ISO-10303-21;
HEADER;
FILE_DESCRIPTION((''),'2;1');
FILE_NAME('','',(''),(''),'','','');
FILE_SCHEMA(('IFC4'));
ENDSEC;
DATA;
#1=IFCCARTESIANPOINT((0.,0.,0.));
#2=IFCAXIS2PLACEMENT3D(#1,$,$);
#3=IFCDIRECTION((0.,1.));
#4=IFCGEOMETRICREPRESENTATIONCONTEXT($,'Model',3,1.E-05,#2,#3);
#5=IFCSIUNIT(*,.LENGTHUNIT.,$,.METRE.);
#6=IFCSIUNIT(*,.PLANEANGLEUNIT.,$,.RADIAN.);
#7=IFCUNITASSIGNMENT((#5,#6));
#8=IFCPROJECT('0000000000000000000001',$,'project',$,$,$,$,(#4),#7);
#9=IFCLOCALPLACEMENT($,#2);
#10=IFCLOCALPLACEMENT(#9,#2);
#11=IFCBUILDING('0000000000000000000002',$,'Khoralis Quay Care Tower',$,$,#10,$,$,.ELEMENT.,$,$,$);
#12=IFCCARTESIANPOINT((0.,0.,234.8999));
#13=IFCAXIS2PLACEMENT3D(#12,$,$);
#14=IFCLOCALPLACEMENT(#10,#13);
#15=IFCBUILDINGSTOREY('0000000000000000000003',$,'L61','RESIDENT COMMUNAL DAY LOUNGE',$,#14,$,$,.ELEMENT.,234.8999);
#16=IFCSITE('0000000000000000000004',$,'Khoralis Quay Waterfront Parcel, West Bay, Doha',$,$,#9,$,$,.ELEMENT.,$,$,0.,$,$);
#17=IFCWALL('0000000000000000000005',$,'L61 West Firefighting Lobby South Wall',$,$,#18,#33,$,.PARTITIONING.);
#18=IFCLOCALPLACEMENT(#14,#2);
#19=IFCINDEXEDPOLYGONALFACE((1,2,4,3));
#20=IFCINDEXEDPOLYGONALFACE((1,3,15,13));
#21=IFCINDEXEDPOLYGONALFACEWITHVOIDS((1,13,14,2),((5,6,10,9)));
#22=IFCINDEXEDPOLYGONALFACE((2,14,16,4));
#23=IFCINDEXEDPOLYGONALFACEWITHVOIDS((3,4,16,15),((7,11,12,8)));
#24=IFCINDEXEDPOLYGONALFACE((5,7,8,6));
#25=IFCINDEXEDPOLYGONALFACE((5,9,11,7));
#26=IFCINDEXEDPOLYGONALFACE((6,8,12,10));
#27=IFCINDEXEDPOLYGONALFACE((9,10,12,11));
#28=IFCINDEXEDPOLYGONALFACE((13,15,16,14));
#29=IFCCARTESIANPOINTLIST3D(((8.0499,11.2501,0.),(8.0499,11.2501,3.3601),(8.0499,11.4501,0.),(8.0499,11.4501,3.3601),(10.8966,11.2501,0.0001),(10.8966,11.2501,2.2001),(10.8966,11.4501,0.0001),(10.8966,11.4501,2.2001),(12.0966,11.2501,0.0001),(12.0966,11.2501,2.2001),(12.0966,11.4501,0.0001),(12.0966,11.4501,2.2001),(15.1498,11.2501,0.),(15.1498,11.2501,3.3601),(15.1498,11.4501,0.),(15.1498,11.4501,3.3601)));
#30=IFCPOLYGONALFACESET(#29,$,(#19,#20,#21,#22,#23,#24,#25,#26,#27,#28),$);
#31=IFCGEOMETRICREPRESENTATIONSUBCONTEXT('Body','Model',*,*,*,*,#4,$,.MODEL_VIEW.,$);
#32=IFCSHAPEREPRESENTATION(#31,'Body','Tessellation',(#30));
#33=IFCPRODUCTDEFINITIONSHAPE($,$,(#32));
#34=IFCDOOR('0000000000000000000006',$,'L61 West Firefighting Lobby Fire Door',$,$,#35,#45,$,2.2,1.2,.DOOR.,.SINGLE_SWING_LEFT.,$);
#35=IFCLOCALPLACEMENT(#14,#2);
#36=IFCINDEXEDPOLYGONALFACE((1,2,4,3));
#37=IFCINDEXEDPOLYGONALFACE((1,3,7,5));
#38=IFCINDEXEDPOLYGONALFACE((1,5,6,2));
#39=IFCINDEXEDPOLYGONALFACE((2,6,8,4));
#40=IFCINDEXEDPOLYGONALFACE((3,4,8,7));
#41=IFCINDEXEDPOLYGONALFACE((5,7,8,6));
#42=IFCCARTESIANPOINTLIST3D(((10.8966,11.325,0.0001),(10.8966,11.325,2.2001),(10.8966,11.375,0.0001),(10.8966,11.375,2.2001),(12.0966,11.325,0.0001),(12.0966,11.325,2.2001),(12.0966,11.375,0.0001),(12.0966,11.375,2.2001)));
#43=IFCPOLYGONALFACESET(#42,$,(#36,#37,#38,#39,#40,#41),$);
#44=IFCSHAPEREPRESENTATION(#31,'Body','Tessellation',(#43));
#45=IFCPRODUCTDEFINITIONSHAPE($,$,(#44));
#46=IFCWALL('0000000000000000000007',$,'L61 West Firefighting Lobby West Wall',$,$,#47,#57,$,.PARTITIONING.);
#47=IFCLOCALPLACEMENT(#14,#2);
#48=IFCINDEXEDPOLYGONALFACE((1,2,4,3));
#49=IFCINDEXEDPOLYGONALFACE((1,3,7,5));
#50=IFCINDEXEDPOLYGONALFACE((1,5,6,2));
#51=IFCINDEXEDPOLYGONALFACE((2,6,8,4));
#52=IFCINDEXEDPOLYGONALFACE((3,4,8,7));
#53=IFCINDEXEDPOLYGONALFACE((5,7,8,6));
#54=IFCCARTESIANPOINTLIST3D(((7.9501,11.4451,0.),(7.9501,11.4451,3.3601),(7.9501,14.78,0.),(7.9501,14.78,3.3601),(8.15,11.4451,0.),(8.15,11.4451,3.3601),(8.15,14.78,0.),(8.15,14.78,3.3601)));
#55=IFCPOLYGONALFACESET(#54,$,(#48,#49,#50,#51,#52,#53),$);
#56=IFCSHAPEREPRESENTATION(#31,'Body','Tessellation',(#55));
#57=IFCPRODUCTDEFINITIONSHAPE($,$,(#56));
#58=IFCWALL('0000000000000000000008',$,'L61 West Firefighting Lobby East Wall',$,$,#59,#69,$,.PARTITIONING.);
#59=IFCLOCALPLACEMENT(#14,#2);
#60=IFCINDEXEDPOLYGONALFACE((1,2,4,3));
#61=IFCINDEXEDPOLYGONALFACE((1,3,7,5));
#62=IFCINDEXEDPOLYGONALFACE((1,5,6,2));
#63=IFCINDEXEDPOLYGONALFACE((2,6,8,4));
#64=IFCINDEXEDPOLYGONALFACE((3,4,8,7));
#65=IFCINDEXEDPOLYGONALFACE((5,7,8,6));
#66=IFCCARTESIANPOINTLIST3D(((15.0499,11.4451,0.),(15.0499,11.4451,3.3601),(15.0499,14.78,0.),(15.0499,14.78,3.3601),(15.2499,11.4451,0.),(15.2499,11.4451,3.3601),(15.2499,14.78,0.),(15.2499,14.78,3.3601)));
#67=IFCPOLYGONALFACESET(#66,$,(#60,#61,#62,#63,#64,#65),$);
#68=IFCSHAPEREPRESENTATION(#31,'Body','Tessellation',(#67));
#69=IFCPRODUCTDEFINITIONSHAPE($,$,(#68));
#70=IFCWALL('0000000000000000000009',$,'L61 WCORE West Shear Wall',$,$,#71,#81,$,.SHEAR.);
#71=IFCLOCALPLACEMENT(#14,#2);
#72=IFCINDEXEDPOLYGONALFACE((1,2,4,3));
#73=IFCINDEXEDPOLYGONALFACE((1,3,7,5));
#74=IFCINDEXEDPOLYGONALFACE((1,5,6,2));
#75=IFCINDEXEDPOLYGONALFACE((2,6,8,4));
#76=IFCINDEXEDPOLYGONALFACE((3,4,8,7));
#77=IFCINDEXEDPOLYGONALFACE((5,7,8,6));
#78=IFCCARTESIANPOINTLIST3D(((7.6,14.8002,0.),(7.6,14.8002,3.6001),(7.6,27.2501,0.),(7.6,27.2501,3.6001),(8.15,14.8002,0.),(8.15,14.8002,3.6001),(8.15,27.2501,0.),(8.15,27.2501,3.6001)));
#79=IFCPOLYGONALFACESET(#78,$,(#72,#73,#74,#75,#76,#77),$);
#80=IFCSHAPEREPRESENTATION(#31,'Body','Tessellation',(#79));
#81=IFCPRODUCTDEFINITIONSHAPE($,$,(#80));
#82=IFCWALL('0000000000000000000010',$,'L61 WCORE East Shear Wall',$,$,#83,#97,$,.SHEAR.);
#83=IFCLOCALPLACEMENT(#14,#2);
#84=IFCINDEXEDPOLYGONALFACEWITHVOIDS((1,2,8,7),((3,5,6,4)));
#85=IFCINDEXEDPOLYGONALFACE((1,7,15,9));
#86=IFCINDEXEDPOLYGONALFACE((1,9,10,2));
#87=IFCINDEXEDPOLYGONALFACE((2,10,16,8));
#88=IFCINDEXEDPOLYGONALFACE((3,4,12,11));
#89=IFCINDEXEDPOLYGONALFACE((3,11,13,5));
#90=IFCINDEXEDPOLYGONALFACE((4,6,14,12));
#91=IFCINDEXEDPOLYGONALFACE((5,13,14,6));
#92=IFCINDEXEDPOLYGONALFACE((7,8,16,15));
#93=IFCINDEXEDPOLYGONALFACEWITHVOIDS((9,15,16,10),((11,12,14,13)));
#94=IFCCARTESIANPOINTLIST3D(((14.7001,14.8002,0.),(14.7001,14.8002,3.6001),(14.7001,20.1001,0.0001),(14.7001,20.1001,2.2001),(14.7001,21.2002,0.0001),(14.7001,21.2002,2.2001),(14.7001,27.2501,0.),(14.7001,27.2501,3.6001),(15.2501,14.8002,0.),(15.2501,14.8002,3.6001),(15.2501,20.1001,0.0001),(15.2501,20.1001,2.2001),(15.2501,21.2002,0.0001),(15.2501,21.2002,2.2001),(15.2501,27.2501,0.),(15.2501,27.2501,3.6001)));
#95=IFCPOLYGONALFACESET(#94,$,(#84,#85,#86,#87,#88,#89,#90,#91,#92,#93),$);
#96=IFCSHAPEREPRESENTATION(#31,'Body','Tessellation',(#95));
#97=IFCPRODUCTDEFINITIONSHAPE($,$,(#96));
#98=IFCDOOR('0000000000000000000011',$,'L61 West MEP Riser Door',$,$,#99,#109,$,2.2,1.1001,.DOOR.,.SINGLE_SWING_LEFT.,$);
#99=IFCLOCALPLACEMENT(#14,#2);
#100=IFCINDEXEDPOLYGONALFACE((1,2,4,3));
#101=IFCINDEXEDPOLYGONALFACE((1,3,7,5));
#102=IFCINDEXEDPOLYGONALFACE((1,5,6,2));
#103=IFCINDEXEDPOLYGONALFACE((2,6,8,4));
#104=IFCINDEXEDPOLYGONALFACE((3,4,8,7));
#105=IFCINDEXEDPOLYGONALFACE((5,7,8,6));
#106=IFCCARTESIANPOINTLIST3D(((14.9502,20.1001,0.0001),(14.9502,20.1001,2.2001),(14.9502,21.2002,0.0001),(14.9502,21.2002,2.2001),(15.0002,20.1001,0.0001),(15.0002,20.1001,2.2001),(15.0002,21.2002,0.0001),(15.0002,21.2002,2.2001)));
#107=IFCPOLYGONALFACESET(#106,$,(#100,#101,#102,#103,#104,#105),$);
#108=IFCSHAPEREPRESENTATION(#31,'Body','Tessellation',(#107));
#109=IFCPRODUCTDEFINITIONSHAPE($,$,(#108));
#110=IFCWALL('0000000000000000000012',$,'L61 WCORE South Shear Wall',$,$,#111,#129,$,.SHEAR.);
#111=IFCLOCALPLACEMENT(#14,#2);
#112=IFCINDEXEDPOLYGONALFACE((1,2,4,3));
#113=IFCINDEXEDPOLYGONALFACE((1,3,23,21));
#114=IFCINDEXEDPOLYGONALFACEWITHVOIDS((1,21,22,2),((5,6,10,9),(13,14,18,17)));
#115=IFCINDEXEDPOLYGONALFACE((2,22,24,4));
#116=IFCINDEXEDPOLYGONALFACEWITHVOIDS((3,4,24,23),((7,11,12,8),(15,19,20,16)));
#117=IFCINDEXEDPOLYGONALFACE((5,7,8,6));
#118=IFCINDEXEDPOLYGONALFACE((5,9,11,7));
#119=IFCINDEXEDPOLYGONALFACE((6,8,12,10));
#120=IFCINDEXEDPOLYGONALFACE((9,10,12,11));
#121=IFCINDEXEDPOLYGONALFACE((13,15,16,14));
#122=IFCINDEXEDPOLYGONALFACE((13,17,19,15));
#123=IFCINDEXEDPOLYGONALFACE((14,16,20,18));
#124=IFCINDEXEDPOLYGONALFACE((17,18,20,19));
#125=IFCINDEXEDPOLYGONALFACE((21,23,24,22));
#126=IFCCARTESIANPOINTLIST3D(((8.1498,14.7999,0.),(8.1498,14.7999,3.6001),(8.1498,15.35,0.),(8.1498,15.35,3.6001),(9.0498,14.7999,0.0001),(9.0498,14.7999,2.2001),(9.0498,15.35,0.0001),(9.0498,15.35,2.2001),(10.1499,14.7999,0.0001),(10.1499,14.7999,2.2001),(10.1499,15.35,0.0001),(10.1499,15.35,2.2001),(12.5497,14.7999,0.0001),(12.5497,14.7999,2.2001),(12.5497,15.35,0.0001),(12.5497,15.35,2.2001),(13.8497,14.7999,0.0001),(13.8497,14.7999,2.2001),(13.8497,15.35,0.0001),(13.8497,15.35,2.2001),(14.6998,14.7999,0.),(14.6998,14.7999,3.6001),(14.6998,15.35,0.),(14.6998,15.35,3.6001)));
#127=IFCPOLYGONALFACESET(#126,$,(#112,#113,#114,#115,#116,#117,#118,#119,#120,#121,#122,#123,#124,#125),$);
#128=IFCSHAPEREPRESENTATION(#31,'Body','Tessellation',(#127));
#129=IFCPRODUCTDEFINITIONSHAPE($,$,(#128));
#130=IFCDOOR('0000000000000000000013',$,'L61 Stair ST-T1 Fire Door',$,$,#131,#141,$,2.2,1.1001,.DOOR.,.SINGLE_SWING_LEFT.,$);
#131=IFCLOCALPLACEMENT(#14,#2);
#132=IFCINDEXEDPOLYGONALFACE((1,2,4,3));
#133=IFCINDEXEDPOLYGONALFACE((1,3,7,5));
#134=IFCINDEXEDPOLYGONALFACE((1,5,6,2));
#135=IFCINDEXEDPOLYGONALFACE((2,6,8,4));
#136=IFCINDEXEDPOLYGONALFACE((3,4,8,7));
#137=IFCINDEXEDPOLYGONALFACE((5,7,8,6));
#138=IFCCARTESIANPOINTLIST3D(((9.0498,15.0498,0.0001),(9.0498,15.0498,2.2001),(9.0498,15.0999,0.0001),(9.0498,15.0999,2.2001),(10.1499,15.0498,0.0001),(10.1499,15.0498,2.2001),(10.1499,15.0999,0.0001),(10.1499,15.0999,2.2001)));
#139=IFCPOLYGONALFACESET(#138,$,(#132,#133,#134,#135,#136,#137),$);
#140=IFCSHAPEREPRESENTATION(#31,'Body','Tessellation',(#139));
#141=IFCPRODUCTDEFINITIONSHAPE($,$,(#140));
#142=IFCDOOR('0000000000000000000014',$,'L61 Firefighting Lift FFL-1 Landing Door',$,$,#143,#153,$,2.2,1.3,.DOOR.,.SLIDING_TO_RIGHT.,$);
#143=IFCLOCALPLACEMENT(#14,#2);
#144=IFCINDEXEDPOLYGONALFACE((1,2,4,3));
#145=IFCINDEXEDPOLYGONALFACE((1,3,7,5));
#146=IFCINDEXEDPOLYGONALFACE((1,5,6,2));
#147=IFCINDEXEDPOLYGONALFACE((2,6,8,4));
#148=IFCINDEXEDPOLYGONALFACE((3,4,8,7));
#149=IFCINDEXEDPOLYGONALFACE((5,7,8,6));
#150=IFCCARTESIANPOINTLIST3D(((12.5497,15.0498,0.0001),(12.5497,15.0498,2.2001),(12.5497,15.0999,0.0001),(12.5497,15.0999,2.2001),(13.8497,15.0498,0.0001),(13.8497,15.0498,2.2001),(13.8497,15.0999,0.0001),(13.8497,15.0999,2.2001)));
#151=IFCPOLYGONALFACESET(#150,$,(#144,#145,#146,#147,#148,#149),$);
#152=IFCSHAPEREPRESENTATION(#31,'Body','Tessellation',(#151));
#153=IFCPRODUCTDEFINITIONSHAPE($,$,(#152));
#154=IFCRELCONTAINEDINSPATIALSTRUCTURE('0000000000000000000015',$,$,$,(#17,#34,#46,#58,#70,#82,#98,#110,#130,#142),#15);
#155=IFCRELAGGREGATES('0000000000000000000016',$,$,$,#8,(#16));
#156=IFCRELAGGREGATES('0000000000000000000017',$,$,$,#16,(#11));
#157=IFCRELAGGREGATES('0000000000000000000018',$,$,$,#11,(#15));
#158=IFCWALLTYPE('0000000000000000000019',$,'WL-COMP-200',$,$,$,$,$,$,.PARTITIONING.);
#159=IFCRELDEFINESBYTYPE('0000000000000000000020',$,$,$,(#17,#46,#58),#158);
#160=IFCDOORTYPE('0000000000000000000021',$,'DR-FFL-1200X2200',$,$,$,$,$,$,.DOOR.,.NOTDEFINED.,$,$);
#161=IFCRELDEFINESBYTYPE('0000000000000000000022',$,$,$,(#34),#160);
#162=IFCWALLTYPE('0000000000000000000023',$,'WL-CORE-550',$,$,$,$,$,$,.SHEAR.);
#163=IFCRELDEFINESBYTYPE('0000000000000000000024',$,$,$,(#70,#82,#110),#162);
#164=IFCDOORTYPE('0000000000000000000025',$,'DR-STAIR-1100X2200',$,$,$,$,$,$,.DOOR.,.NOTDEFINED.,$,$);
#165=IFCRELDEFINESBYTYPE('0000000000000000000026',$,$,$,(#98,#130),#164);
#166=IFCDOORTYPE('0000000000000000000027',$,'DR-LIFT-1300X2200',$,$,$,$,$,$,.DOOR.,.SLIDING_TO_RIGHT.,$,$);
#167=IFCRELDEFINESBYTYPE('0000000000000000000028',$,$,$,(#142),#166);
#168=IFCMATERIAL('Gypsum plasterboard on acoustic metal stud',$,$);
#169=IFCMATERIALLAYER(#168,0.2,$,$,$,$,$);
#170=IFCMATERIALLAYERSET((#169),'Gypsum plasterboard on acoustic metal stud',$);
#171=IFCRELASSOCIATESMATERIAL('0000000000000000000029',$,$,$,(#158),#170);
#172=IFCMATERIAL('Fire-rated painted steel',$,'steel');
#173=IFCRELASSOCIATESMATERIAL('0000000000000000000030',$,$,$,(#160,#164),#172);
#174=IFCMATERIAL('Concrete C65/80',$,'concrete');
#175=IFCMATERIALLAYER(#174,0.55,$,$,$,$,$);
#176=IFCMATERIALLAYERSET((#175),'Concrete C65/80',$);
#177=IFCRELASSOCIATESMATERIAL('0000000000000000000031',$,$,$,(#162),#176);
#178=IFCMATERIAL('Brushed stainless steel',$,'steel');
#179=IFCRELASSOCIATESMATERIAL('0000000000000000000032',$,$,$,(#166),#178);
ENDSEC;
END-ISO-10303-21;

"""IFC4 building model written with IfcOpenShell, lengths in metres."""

from ifc_helpers import new_model, si_unit, direction, frame, frame_2d, origin, place, context, subcontext, project, spatial, rectangle, extrude, source, transform, mapped, material, layer, layer_set, type_object, element, fill, save


model = new_model("IFC4")

# Units and contexts
model_context = context("Model", 3, precision=1e-05, world=origin(), true_north=direction((0.0, 1.0)))
body_context = subcontext(model_context, "Body", "Model", "MODEL_VIEW")
ifc_project = project(units=[si_unit("LENGTHUNIT", "METRE"), si_unit("PLANEANGLEUNIT", "RADIAN")], contexts=[model_context])

# Site, building, storey
site_placement = place(None, origin())
site = spatial("IfcSite", under=ifc_project, at=site_placement, Name="Khoralis Quay Waterfront Parcel, West Bay, Doha", CompositionType="ELEMENT", RefElevation=0.0)
building_placement = place(site_placement, origin())
building = spatial("IfcBuilding", under=site, at=building_placement, Name="Khoralis Quay Care Tower", CompositionType="ELEMENT")
storey_placement = place(building_placement, frame((0.0, 0.0, 234.8999)))
storey = spatial("IfcBuildingStorey", under=building, at=storey_placement, Name="L61", Description="RESIDENT COMMUNAL DAY LOUNGE", CompositionType="ELEMENT", Elevation=234.8999)

# Wall, opening, door
ifc_material_1 = material(Name="Gypsum plasterboard on acoustic metal stud")
ifc_layer_1 = layer(ifc_material_1, 0.2)
ifc_layer_set_1 = layer_set([ifc_layer_1], Name="Gypsum plasterboard on acoustic metal stud")
wall_type_1 = type_object("IfcWallType", Name="WL-COMP-200", PredefinedType="PARTITIONING", material=ifc_layer_set_1)
wall_1_placement = place(storey_placement, frame((8.05, 11.3501, 0.0), z_axis=(0.0, 0.0, 1.0), x_axis=(1.0, 0.0, 0.0)))
wall_1 = element("IfcWall", 1, at=wall_1_placement, inside=storey, type_object=wall_type_1, Name="L61 West Firefighting Lobby South Wall", PredefinedType="PARTITIONING", context=body_context, shape_type="SweptSolid", body=[
    extrude(rectangle(XDim=7.0999, YDim=0.2, at=frame_2d((3.5498, 0.0))), origin(), (0.0, 0.0, 1.0), 3.3601),
])
opening_1_placement = place(wall_1_placement, frame((2.8464, 0.0, 0.0)))
opening_1 = element("IfcOpeningElement", 2, at=opening_1_placement, cuts=wall_1, PredefinedType="OPENING", context=body_context, shape_type="SweptSolid", body=[
    extrude(rectangle(XDim=1.2, YDim=2.2, at=frame_2d((0.6001, 1.1001))), frame((0.0, 0.1099, 0.0), z_axis=(0.0, -1.0, 0.0), x_axis=(1.0, 0.0, 0.0)), (0.0, 0.0, 1.0), 0.22),
])
ifc_material_2 = material(Name="Fire-rated painted steel", Category="steel")
door_type_1 = type_object("IfcDoorType", Name="DR-FFL-1200X2200", OperationType="NOTDEFINED", PredefinedType="DOOR", material=ifc_material_2)
shared_shape_1 = source(origin(), body_context, "Body", "SweptSolid", [
    extrude(rectangle(XDim=1.2, YDim=2.2, at=frame_2d((0.6001, 1.1001))), frame((0.0, 0.0249, 0.0), z_axis=(0.0, -1.0, 0.0), x_axis=(1.0, 0.0, 0.0)), (0.0, 0.0, 1.0), 0.05),
])
door_1_placement = place(opening_1_placement, origin())
door_1 = element("IfcDoor", 3, at=door_1_placement, inside=storey, type_object=door_type_1, Name="L61 West Firefighting Lobby Fire Door", OperationType="SINGLE_SWING_LEFT", OverallHeight=2.2, OverallWidth=1.2, PredefinedType="DOOR", context=body_context, shape_type="MappedRepresentation", body=[
    mapped(shared_shape_1, transform((0.0, 0.0, 0.0), scale=1.0)),
])
fill(opening_1, door_1)

# Walls
for number, where, z_axis, x_axis, name in (
    (4, (8.05, 11.4451, 0.0), (0.0, 0.0, 1.0), (0.0, 1.0, 0.0), "L61 West Firefighting Lobby West Wall"),
    (5, (15.1499, 11.4451, 0.0), (0.0, 0.0, 1.0), (0.0, 1.0, 0.0), "L61 West Firefighting Lobby East Wall"),
):
    element("IfcWall", number, at=place(storey_placement, frame(where, z_axis=z_axis, x_axis=x_axis)), inside=storey, type_object=wall_type_1, Name=name, PredefinedType="PARTITIONING", context=body_context, shape_type="SweptSolid", body=[
        extrude(rectangle(XDim=3.335, YDim=0.2, at=frame_2d((1.6675, 0.0))), origin(), (0.0, 0.0, 1.0), 3.3601),
    ])
ifc_material_3 = material(Name="Concrete C65/80", Category="concrete")
ifc_layer_2 = layer(ifc_material_3, 0.55)
ifc_layer_set_2 = layer_set([ifc_layer_2], Name="Concrete C65/80")
wall_type_2 = type_object("IfcWallType", Name="WL-CORE-550", PredefinedType="SHEAR", material=ifc_layer_set_2)
wall_2_placement = place(storey_placement, frame((7.875, 14.8, 0.0), z_axis=(0.0, 0.0, 1.0), x_axis=(0.0, 1.0, 0.0)))
element("IfcWall", 6, at=wall_2_placement, inside=storey, type_object=wall_type_2, Name="L61 WCORE West Shear Wall", PredefinedType="SHEAR", context=body_context, shape_type="SweptSolid", body=[
    extrude(rectangle(XDim=12.45, YDim=0.55, at=frame_2d((6.2251, 0.0))), origin(), (0.0, 0.0, 1.0), 3.6001),
])

# Wall, opening, door
wall_3_placement = place(storey_placement, frame((14.9751, 14.8, 0.0), z_axis=(0.0, 0.0, 1.0), x_axis=(0.0, 1.0, 0.0)))
wall_3 = element("IfcWall", 7, at=wall_3_placement, inside=storey, type_object=wall_type_2, Name="L61 WCORE East Shear Wall", PredefinedType="SHEAR", context=body_context, shape_type="SweptSolid", body=[
    extrude(rectangle(XDim=12.45, YDim=0.55, at=frame_2d((6.2251, 0.0))), origin(), (0.0, 0.0, 1.0), 3.6001),
])
opening_2_placement = place(wall_3_placement, frame((5.3, 0.0, 0.0)))
opening_2 = element("IfcOpeningElement", 8, at=opening_2_placement, cuts=wall_3, PredefinedType="OPENING", context=body_context, shape_type="SweptSolid", body=[
    extrude(rectangle(XDim=1.1001, YDim=2.2, at=frame_2d((0.55, 1.1001))), frame((0.0, 0.2852, 0.0), z_axis=(0.0, -1.0, 0.0), x_axis=(1.0, 0.0, 0.0)), (0.0, 0.0, 1.0), 0.5701),
])
door_type_2 = type_object("IfcDoorType", Name="DR-STAIR-1100X2200", OperationType="NOTDEFINED", PredefinedType="DOOR", material=ifc_material_2)
shared_shape_2 = source(origin(), body_context, "Body", "SweptSolid", [
    extrude(rectangle(XDim=1.1001, YDim=2.2, at=frame_2d((0.55, 1.1001))), frame((0.0, 0.0249, 0.0), z_axis=(0.0, -1.0, 0.0), x_axis=(1.0, 0.0, 0.0)), (0.0, 0.0, 1.0), 0.05),
])
door_2_placement = place(opening_2_placement, origin())
door_2 = element("IfcDoor", 9, at=door_2_placement, inside=storey, type_object=door_type_2, Name="L61 West MEP Riser Door", OperationType="SINGLE_SWING_LEFT", OverallHeight=2.2, OverallWidth=1.1001, PredefinedType="DOOR", context=body_context, shape_type="MappedRepresentation", body=[
    mapped(shared_shape_2, transform((0.0, 0.0, 0.0), scale=1.0)),
])
fill(opening_2, door_2)

# Wall, openings, doors
wall_4_placement = place(storey_placement, frame((8.1499, 15.075, 0.0), z_axis=(0.0, 0.0, 1.0), x_axis=(1.0, 0.0, 0.0)))
wall_4 = element("IfcWall", 10, at=wall_4_placement, inside=storey, type_object=wall_type_2, Name="L61 WCORE South Shear Wall", PredefinedType="SHEAR", context=body_context, shape_type="SweptSolid", body=[
    extrude(rectangle(XDim=6.55, YDim=0.55, at=frame_2d((3.2749, 0.0))), origin(), (0.0, 0.0, 1.0), 3.6001),
])
opening_3_placement = place(wall_4_placement, frame((0.8999, 0.0, 0.0)))
opening_3 = element("IfcOpeningElement", 11, at=opening_3_placement, cuts=wall_4, PredefinedType="OPENING", context=body_context, shape_type="SweptSolid", body=[
    extrude(rectangle(XDim=1.1001, YDim=2.2, at=frame_2d((0.55, 1.1001))), frame((0.0, 0.2852, 0.0), z_axis=(0.0, -1.0, 0.0), x_axis=(1.0, 0.0, 0.0)), (0.0, 0.0, 1.0), 0.5701),
])
opening_4_placement = place(wall_4_placement, frame((4.3999, 0.0, 0.0)))
opening_4 = element("IfcOpeningElement", 12, at=opening_4_placement, cuts=wall_4, PredefinedType="OPENING", context=body_context, shape_type="SweptSolid", body=[
    extrude(rectangle(XDim=1.3, YDim=2.2, at=frame_2d((0.6499, 1.1001))), frame((0.0, 0.2852, 0.0), z_axis=(0.0, -1.0, 0.0), x_axis=(1.0, 0.0, 0.0)), (0.0, 0.0, 1.0), 0.5701),
])
door_3_placement = place(opening_3_placement, origin())
door_3 = element("IfcDoor", 13, at=door_3_placement, inside=storey, type_object=door_type_2, Name="L61 Stair ST-T1 Fire Door", OperationType="SINGLE_SWING_LEFT", OverallHeight=2.2, OverallWidth=1.1001, PredefinedType="DOOR", context=body_context, shape_type="MappedRepresentation", body=[
    mapped(shared_shape_2, transform((0.0, 0.0, 0.0), scale=1.0)),
])
fill(opening_3, door_3)
ifc_material_4 = material(Name="Brushed stainless steel", Category="steel")
door_type_3 = type_object("IfcDoorType", Name="DR-LIFT-1300X2200", OperationType="SLIDING_TO_RIGHT", PredefinedType="DOOR", material=ifc_material_4)
shared_shape_3 = source(origin(), body_context, "Body", "SweptSolid", [
    extrude(rectangle(XDim=1.3, YDim=2.2, at=frame_2d((0.6499, 1.1001))), frame((0.0, 0.0249, 0.0), z_axis=(0.0, -1.0, 0.0), x_axis=(1.0, 0.0, 0.0)), (0.0, 0.0, 1.0), 0.05),
])
door_4_placement = place(opening_4_placement, origin())
door_4 = element("IfcDoor", 14, at=door_4_placement, inside=storey, type_object=door_type_3, Name="L61 Firefighting Lift FFL-1 Landing Door", OperationType="SLIDING_TO_RIGHT", OverallHeight=2.2, OverallWidth=1.3, PredefinedType="DOOR", context=body_context, shape_type="MappedRepresentation", body=[
    mapped(shared_shape_3, transform((0.0, 0.0, 0.0), scale=1.0)),
])
fill(opening_4, door_4)

save(model, "model.ifc")
